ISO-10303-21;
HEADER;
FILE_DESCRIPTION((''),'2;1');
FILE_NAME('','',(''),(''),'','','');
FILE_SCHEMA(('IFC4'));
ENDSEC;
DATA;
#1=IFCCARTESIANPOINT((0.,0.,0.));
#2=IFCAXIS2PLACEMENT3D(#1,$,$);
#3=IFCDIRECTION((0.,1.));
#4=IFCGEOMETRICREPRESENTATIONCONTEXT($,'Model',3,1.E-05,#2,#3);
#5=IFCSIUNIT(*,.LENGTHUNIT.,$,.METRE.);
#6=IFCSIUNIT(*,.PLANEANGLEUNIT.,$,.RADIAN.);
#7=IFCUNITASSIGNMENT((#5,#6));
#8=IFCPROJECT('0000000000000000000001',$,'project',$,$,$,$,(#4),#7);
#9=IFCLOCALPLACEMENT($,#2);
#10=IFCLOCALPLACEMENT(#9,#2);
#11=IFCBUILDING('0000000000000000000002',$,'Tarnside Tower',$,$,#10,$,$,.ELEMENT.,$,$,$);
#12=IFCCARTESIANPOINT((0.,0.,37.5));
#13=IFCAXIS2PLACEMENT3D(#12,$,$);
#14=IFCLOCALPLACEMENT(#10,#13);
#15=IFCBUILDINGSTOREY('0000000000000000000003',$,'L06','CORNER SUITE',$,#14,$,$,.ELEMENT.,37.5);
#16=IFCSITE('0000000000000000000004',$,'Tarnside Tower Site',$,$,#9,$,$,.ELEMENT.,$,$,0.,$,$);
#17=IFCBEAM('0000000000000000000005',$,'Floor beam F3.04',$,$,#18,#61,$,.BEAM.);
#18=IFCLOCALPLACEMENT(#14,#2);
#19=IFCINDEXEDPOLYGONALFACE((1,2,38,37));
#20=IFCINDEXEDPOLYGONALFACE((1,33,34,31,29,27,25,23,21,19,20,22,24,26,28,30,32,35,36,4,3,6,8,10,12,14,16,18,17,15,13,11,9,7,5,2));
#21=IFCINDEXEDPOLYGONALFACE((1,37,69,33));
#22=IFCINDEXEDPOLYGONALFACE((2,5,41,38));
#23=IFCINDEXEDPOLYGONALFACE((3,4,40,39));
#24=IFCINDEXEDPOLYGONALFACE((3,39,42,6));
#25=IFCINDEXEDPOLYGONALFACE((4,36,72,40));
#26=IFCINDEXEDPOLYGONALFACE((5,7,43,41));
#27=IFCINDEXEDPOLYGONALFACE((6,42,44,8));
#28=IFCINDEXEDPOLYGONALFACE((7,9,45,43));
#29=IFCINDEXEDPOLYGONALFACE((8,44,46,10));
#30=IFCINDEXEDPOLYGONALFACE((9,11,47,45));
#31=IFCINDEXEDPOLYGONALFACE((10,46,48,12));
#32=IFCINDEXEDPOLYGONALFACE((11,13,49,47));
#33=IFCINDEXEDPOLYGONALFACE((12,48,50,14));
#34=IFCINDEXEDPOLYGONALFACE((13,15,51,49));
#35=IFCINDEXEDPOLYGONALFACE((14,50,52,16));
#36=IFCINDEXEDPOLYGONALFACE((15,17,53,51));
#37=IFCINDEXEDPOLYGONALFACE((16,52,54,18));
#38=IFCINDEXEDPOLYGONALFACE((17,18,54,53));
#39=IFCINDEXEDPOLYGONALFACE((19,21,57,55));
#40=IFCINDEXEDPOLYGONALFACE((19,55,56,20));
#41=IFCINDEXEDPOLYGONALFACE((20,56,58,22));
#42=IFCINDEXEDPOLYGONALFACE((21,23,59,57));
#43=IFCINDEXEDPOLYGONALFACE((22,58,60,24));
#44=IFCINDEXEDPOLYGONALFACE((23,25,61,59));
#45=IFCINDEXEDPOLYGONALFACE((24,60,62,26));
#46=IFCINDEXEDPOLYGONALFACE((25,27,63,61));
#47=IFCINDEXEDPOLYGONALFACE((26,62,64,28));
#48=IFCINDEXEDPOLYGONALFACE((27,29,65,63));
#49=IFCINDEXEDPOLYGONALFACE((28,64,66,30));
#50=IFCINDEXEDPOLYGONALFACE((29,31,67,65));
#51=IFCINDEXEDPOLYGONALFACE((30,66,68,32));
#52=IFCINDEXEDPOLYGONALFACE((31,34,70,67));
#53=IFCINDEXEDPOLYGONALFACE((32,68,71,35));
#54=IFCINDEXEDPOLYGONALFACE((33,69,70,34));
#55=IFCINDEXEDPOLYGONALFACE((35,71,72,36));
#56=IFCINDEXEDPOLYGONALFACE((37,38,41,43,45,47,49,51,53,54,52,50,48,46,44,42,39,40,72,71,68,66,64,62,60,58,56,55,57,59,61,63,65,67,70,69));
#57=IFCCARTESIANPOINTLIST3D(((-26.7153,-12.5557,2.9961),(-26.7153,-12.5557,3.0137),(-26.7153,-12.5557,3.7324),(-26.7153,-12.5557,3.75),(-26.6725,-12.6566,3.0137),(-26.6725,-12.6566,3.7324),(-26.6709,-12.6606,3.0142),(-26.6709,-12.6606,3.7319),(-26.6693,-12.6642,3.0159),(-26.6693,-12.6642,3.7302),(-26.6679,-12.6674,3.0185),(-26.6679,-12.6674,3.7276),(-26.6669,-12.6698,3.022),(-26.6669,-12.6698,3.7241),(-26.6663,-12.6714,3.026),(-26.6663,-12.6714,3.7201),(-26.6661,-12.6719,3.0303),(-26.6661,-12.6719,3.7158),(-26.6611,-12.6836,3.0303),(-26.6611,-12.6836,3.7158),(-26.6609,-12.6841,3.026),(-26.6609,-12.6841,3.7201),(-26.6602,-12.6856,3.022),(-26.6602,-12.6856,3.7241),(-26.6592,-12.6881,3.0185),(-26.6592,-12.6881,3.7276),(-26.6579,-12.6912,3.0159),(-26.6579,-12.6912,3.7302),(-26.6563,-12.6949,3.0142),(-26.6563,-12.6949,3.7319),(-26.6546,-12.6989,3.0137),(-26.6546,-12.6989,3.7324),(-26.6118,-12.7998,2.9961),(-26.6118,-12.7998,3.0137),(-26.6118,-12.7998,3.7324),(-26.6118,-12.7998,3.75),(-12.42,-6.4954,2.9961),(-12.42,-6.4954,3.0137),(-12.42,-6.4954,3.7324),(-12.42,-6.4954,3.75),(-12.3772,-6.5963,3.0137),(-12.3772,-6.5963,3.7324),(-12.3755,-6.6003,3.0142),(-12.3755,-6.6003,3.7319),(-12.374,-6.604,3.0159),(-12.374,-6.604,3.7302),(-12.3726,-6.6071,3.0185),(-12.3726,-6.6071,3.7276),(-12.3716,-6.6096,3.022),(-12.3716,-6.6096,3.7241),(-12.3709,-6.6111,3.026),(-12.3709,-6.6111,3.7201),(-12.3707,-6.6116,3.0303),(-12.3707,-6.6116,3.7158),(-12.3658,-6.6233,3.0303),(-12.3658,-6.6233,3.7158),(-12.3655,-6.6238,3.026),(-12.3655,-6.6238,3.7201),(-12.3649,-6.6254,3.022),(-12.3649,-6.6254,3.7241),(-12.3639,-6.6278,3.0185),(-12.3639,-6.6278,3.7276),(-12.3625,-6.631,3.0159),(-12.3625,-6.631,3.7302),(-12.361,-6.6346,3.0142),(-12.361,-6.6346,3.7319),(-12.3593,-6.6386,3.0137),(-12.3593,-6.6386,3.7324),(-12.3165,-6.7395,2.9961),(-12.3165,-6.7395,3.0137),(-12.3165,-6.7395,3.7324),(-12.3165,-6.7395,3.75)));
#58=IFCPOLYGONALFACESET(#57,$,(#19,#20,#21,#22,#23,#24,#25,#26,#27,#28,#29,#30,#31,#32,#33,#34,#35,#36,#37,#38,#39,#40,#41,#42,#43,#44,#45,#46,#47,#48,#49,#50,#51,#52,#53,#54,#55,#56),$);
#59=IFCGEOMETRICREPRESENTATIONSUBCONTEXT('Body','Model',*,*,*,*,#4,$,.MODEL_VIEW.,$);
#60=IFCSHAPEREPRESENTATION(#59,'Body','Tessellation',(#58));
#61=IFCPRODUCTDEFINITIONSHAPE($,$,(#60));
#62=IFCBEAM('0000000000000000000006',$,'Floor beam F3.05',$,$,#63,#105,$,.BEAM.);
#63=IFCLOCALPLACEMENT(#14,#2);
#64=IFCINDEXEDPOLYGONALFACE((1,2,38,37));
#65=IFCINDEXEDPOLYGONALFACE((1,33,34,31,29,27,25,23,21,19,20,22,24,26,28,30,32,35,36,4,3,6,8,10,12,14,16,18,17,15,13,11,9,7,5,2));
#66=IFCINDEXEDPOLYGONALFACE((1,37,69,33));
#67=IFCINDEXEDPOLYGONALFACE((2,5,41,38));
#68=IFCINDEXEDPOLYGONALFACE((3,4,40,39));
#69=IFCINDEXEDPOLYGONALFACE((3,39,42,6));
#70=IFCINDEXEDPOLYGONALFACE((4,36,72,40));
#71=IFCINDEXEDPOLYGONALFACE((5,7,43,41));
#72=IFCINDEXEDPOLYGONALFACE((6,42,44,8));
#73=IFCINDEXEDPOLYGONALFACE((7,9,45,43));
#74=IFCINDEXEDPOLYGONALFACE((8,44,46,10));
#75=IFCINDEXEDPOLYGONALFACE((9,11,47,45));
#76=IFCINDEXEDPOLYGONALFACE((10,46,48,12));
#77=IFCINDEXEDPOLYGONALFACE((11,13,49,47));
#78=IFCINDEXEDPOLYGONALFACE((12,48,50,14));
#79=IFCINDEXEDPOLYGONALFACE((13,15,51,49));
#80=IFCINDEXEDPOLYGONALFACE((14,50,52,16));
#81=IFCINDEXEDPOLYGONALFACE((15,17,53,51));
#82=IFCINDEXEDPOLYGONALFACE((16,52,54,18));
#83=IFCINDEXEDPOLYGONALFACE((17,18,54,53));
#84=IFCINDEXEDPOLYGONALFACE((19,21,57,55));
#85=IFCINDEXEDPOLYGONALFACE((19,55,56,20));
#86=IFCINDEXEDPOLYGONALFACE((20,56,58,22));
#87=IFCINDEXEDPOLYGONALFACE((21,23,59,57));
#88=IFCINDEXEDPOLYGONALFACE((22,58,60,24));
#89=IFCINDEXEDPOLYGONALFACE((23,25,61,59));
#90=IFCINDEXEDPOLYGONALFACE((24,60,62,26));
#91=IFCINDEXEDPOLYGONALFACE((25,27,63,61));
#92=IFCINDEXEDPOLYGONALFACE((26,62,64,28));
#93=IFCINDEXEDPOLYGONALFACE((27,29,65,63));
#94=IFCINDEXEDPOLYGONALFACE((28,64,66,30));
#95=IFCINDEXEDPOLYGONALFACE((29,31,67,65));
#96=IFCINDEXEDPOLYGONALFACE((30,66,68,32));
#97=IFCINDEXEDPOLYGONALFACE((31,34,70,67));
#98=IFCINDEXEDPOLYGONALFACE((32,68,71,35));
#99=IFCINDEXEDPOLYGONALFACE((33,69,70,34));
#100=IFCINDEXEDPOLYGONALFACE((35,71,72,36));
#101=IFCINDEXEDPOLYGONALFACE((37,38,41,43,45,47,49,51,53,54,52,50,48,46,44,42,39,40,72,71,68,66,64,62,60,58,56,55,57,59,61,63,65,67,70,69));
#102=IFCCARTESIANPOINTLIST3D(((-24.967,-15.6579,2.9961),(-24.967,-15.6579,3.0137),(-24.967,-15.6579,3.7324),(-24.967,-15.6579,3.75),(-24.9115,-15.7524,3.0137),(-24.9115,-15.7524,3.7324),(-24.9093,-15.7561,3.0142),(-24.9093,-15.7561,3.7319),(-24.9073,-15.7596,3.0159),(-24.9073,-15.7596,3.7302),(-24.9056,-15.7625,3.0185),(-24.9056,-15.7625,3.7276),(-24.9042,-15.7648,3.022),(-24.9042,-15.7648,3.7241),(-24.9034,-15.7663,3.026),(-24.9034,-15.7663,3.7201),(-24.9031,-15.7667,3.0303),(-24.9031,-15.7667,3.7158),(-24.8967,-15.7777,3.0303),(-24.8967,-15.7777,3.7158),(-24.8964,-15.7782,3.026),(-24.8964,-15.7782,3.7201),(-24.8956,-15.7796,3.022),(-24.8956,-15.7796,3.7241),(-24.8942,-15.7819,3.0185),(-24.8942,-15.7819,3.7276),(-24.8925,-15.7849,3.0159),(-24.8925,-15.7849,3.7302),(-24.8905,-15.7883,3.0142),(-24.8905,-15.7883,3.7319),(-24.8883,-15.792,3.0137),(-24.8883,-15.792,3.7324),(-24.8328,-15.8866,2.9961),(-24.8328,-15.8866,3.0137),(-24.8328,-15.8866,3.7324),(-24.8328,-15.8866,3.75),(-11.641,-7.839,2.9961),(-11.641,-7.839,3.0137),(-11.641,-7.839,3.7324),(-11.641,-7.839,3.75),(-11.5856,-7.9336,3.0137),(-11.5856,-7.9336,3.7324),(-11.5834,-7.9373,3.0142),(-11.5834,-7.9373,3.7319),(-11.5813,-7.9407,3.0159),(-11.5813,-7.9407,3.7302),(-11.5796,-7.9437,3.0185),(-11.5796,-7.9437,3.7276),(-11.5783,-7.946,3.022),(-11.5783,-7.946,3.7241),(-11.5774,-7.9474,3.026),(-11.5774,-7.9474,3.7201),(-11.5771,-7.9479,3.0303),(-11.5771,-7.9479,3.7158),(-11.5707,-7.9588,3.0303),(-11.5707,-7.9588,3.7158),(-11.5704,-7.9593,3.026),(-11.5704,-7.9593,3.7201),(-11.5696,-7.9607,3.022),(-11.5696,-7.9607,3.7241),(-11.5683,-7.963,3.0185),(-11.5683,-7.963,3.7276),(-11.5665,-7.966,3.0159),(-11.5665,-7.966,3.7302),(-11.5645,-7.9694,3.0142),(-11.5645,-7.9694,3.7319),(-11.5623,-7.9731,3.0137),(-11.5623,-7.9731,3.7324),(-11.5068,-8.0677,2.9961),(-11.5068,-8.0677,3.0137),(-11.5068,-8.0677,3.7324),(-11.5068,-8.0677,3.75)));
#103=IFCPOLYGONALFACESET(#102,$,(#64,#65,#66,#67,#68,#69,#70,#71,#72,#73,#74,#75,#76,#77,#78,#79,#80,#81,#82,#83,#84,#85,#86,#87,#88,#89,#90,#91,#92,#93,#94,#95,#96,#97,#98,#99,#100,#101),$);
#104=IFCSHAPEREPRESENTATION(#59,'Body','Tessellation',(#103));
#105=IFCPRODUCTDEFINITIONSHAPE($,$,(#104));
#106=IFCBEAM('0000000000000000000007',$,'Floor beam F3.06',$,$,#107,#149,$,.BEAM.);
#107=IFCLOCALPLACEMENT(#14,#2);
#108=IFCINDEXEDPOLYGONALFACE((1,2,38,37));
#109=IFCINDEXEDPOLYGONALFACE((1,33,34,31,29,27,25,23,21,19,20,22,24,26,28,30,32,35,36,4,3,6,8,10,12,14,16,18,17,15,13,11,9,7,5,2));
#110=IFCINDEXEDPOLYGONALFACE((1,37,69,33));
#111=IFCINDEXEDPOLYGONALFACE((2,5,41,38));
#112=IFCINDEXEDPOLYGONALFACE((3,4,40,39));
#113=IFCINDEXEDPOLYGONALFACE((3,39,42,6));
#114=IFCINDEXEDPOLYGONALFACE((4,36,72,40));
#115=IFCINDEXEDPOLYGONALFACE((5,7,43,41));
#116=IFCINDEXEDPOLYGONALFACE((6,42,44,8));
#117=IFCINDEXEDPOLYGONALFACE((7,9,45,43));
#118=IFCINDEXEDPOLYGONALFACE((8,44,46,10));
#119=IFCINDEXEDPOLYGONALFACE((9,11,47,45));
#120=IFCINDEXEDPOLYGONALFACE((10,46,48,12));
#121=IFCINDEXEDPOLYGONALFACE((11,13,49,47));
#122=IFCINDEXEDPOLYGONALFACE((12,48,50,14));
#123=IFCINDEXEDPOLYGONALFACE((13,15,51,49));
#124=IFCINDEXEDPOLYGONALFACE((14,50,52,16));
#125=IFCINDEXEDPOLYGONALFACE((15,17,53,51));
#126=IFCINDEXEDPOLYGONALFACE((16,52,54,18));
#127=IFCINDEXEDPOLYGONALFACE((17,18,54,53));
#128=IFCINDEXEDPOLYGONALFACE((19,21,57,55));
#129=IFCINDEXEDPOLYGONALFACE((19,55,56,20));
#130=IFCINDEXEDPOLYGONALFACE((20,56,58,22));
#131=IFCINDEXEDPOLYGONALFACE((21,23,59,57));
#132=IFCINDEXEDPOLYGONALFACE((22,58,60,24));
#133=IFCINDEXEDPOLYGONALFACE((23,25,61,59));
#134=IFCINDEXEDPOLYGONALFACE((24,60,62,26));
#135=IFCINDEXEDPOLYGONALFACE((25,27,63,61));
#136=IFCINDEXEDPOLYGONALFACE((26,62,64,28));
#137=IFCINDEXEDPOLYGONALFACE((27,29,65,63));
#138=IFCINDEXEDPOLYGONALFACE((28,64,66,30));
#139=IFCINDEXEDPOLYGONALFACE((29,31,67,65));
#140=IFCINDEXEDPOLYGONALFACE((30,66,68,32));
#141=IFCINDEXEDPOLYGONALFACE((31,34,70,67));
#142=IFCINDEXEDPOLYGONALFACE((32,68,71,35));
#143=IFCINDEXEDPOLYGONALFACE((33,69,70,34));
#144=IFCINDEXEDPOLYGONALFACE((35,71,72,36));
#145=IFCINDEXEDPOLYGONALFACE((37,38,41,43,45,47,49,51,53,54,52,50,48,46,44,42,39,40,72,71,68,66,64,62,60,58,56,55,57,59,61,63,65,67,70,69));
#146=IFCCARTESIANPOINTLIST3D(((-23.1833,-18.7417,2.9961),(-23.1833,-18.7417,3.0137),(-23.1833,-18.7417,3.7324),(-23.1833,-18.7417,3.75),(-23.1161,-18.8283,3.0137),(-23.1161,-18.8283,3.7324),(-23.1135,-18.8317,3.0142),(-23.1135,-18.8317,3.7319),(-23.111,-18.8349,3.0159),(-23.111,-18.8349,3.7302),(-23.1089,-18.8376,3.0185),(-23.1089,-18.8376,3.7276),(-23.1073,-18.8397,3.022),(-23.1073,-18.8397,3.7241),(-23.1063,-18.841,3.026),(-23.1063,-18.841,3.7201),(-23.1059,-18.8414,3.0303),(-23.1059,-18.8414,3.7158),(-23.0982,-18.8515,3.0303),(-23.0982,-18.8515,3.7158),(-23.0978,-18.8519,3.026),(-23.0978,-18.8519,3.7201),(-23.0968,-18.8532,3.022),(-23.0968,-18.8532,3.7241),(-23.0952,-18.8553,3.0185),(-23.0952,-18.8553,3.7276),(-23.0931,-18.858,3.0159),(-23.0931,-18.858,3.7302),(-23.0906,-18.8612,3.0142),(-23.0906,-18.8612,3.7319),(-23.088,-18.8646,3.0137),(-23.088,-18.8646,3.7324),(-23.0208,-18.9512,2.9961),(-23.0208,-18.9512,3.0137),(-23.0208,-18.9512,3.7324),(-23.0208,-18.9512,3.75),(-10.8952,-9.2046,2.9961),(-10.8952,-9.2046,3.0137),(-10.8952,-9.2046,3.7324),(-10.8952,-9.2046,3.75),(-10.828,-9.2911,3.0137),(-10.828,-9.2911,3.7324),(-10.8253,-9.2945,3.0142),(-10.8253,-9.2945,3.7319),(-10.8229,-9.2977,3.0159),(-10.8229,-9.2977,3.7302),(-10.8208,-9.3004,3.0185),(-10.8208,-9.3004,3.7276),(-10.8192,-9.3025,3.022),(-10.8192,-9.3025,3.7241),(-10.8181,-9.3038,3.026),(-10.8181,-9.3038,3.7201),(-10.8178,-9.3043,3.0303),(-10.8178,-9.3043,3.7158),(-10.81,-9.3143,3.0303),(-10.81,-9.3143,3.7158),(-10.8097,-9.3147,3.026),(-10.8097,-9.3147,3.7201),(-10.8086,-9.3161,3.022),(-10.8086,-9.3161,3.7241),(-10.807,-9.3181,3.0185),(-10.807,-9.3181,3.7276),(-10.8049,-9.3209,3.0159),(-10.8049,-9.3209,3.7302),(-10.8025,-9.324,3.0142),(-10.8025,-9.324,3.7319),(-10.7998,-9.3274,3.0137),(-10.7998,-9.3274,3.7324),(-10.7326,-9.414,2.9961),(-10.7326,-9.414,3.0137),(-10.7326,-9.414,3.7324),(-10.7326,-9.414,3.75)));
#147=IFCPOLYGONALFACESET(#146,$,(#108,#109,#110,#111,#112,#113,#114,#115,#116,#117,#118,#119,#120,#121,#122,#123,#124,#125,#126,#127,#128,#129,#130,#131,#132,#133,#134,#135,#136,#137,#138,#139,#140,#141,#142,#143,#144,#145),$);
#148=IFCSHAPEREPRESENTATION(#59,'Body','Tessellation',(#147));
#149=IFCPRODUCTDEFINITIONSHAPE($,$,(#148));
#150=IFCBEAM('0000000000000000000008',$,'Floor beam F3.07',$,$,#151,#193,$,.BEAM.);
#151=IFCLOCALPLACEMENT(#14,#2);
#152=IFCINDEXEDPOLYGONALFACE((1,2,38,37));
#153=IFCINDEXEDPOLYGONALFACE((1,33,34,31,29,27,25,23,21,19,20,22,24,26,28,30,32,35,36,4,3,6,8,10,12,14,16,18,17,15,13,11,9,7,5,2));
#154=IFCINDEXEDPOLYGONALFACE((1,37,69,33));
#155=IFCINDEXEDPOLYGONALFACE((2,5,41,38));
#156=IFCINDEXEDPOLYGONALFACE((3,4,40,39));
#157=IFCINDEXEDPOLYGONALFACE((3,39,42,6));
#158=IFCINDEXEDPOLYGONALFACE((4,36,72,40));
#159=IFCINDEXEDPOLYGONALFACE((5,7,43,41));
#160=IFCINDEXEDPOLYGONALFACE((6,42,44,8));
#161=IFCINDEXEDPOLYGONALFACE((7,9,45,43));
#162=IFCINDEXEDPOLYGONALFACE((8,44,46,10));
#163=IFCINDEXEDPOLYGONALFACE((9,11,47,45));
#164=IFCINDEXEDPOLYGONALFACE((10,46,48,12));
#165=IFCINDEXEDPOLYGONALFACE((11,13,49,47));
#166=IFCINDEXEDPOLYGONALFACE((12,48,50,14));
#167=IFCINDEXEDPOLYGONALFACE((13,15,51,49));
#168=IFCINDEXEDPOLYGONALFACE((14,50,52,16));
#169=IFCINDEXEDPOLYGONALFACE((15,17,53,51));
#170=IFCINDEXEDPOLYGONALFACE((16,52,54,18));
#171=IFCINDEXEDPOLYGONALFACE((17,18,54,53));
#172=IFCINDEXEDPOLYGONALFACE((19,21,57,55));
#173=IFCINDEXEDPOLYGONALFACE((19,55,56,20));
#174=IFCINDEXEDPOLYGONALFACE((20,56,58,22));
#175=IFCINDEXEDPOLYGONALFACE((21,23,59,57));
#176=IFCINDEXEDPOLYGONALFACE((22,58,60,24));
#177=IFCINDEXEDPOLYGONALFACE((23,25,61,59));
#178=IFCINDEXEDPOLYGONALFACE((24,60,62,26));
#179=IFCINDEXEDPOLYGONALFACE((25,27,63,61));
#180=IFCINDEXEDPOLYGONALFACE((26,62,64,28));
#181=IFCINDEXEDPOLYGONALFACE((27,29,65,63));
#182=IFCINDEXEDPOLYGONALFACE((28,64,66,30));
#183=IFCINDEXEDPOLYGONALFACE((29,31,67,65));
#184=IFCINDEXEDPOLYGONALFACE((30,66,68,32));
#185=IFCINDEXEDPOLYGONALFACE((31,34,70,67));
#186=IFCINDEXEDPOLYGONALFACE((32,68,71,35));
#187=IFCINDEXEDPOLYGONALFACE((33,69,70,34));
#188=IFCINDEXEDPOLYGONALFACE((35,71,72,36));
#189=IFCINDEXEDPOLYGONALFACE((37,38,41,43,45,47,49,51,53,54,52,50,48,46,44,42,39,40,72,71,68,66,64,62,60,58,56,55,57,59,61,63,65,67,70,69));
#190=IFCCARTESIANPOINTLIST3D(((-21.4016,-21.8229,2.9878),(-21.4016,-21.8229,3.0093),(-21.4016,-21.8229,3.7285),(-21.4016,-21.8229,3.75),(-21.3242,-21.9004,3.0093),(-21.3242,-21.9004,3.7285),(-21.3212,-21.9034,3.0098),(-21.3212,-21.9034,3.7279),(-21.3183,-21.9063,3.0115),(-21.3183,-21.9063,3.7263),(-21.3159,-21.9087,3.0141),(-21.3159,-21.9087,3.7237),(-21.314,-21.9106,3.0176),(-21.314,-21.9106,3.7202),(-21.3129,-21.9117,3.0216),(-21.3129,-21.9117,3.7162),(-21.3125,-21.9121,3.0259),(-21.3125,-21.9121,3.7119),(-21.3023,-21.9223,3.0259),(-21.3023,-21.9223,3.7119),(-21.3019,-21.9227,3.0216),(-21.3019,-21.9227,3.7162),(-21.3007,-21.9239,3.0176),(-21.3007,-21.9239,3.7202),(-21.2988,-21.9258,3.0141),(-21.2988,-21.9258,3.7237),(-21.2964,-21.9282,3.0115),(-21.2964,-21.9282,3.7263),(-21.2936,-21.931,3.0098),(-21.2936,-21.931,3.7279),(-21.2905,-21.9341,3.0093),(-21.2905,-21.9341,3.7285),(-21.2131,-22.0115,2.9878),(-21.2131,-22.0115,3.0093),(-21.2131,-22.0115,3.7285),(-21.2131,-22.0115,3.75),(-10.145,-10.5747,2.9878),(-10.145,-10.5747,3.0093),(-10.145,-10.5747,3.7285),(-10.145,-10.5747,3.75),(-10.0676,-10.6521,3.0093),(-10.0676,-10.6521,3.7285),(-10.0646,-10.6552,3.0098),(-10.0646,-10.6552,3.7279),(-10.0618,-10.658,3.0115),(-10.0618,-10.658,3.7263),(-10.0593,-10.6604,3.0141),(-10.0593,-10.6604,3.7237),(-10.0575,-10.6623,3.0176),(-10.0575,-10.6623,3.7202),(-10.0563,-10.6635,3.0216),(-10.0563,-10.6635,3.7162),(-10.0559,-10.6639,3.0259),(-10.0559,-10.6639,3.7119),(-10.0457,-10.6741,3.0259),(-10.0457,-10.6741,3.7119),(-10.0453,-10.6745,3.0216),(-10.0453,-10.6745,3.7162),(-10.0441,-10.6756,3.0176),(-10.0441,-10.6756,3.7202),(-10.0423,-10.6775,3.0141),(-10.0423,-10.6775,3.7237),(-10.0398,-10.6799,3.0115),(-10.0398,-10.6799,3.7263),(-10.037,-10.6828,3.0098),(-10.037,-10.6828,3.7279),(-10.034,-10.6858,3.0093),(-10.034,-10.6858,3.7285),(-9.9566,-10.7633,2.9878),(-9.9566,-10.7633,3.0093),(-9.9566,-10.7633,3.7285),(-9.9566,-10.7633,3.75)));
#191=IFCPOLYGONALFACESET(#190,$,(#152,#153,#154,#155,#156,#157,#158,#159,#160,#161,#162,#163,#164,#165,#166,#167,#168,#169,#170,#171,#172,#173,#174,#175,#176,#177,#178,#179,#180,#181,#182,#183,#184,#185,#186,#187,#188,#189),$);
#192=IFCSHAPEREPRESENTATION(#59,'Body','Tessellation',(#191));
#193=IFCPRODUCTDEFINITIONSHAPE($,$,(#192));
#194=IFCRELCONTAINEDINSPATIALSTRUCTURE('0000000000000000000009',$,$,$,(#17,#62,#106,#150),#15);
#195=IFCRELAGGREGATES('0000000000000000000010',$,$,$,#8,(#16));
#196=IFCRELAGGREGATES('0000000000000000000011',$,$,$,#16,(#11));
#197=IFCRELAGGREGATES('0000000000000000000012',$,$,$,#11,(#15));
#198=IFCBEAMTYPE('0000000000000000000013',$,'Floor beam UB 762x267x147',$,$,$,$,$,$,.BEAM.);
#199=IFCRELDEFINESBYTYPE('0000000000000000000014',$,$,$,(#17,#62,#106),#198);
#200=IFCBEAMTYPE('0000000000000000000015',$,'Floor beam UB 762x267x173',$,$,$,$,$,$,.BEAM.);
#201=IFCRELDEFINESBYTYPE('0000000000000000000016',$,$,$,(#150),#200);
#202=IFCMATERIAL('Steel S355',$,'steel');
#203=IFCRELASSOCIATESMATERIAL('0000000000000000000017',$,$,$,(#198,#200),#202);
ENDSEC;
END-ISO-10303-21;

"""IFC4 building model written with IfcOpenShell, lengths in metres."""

from ifc_helpers import new_model, si_unit, direction, frame, origin, origin_2d, place, context, subcontext, project, spatial, i_section, extrude, material, material_profile, profile_set, type_object, element, save


model = new_model("IFC4")

# Units and contexts
model_context = context("Model", 3, precision=1e-05, world=origin(), true_north=direction((0.0, 1.0)))
body_context = subcontext(model_context, "Body", "Model", "MODEL_VIEW")
ifc_project = project(units=[si_unit("LENGTHUNIT", "METRE"), si_unit("PLANEANGLEUNIT", "RADIAN")], contexts=[model_context])

# Site, building, storey
site_placement = place(None, origin())
site = spatial("IfcSite", under=ifc_project, at=site_placement, Name="Tarnside Tower Site", CompositionType="ELEMENT", RefElevation=0.0)
building_placement = place(site_placement, origin())
building = spatial("IfcBuilding", under=site, at=building_placement, Name="Tarnside Tower", CompositionType="ELEMENT")
storey_placement = place(building_placement, frame((0.0, 0.0, 37.5)))
storey = spatial("IfcBuildingStorey", under=building, at=storey_placement, Name="L06", Description="CORNER SUITE", CompositionType="ELEMENT", Elevation=37.5)

# Beams
ifc_material_1 = material(Name="Steel S355", Category="steel")
ifc_material_profile_1 = material_profile(ifc_material_1, i_section(OverallWidth=0.2651, OverallDepth=0.7539, WebThickness=0.0127, FlangeThickness=0.0176, FilletRadius=0.0166, at=origin_2d()), Name="UB 762x267x147")
ifc_profile_set_1 = profile_set([ifc_material_profile_1], Name="Steel S355")
beam_type_1 = type_object("IfcBeamType", Name="Floor beam UB 762x267x147", PredefinedType="BEAM", material=ifc_profile_set_1)
beam_1_placement = place(storey_placement, frame((-26.6636, -12.6777, 3.373), z_axis=(0.920684, 0.390309, 0.0), x_axis=(-0.390309, 0.920684, 0.0)))
element("IfcBeam", 1, at=beam_1_placement, inside=storey, type_object=beam_type_1, Name="Floor beam F3.04", PredefinedType="BEAM", context=body_context, shape_type="SweptSolid", body=[
    extrude(i_section(OverallWidth=0.2651, OverallDepth=0.7539, WebThickness=0.0127, FlangeThickness=0.0176, FilletRadius=0.0166, at=origin_2d()), origin(), (0.0, 0.0, 1.0), 15.5269),
])
beam_2_placement = place(storey_placement, frame((-24.8999, -15.7722, 3.373), z_axis=(0.862498, 0.506061, 0.0), x_axis=(-0.506061, 0.862498, 0.0)))
element("IfcBeam", 2, at=beam_2_placement, inside=storey, type_object=beam_type_1, Name="Floor beam F3.05", PredefinedType="BEAM", context=body_context, shape_type="SweptSolid", body=[
    extrude(i_section(OverallWidth=0.2651, OverallDepth=0.7539, WebThickness=0.0127, FlangeThickness=0.0176, FilletRadius=0.0166, at=origin_2d()), origin(), (0.0, 0.0, 1.0), 15.4504),
])
beam_3_placement = place(storey_placement, frame((-23.1021, -18.8464, 3.373), z_axis=(0.789984, 0.613128, 0.0), x_axis=(-0.613128, 0.789984, 0.0)))
element("IfcBeam", 3, at=beam_3_placement, inside=storey, type_object=beam_type_1, Name="Floor beam F3.06", PredefinedType="BEAM", context=body_context, shape_type="SweptSolid", body=[
    extrude(i_section(OverallWidth=0.2651, OverallDepth=0.7539, WebThickness=0.0127, FlangeThickness=0.0176, FilletRadius=0.0166, at=origin_2d()), origin(), (0.0, 0.0, 1.0), 15.5549),
])
ifc_material_profile_2 = material_profile(ifc_material_1, i_section(OverallWidth=0.2666, OverallDepth=0.7622, WebThickness=0.0144, FlangeThickness=0.0215, FilletRadius=0.0166, at=origin_2d()), Name="UB 762x267x173")
ifc_profile_set_2 = profile_set([ifc_material_profile_2], Name="Steel S355")
beam_type_2 = type_object("IfcBeamType", Name="Floor beam UB 762x267x173", PredefinedType="BEAM", material=ifc_profile_set_2)
beam_4_placement = place(storey_placement, frame((-21.3074, -21.9172, 3.3689), z_axis=(0.707368, 0.706846, 0.0), x_axis=(-0.706846, 0.707368, 0.0)))
element("IfcBeam", 4, at=beam_4_placement, inside=storey, type_object=beam_type_2, Name="Floor beam F3.07", PredefinedType="BEAM", context=body_context, shape_type="SweptSolid", body=[
    extrude(i_section(OverallWidth=0.2666, OverallDepth=0.7622, WebThickness=0.0144, FlangeThickness=0.0215, FilletRadius=0.0166, at=origin_2d()), origin(), (0.0, 0.0, 1.0), 15.9133),
])

save(model, "model.ifc")
